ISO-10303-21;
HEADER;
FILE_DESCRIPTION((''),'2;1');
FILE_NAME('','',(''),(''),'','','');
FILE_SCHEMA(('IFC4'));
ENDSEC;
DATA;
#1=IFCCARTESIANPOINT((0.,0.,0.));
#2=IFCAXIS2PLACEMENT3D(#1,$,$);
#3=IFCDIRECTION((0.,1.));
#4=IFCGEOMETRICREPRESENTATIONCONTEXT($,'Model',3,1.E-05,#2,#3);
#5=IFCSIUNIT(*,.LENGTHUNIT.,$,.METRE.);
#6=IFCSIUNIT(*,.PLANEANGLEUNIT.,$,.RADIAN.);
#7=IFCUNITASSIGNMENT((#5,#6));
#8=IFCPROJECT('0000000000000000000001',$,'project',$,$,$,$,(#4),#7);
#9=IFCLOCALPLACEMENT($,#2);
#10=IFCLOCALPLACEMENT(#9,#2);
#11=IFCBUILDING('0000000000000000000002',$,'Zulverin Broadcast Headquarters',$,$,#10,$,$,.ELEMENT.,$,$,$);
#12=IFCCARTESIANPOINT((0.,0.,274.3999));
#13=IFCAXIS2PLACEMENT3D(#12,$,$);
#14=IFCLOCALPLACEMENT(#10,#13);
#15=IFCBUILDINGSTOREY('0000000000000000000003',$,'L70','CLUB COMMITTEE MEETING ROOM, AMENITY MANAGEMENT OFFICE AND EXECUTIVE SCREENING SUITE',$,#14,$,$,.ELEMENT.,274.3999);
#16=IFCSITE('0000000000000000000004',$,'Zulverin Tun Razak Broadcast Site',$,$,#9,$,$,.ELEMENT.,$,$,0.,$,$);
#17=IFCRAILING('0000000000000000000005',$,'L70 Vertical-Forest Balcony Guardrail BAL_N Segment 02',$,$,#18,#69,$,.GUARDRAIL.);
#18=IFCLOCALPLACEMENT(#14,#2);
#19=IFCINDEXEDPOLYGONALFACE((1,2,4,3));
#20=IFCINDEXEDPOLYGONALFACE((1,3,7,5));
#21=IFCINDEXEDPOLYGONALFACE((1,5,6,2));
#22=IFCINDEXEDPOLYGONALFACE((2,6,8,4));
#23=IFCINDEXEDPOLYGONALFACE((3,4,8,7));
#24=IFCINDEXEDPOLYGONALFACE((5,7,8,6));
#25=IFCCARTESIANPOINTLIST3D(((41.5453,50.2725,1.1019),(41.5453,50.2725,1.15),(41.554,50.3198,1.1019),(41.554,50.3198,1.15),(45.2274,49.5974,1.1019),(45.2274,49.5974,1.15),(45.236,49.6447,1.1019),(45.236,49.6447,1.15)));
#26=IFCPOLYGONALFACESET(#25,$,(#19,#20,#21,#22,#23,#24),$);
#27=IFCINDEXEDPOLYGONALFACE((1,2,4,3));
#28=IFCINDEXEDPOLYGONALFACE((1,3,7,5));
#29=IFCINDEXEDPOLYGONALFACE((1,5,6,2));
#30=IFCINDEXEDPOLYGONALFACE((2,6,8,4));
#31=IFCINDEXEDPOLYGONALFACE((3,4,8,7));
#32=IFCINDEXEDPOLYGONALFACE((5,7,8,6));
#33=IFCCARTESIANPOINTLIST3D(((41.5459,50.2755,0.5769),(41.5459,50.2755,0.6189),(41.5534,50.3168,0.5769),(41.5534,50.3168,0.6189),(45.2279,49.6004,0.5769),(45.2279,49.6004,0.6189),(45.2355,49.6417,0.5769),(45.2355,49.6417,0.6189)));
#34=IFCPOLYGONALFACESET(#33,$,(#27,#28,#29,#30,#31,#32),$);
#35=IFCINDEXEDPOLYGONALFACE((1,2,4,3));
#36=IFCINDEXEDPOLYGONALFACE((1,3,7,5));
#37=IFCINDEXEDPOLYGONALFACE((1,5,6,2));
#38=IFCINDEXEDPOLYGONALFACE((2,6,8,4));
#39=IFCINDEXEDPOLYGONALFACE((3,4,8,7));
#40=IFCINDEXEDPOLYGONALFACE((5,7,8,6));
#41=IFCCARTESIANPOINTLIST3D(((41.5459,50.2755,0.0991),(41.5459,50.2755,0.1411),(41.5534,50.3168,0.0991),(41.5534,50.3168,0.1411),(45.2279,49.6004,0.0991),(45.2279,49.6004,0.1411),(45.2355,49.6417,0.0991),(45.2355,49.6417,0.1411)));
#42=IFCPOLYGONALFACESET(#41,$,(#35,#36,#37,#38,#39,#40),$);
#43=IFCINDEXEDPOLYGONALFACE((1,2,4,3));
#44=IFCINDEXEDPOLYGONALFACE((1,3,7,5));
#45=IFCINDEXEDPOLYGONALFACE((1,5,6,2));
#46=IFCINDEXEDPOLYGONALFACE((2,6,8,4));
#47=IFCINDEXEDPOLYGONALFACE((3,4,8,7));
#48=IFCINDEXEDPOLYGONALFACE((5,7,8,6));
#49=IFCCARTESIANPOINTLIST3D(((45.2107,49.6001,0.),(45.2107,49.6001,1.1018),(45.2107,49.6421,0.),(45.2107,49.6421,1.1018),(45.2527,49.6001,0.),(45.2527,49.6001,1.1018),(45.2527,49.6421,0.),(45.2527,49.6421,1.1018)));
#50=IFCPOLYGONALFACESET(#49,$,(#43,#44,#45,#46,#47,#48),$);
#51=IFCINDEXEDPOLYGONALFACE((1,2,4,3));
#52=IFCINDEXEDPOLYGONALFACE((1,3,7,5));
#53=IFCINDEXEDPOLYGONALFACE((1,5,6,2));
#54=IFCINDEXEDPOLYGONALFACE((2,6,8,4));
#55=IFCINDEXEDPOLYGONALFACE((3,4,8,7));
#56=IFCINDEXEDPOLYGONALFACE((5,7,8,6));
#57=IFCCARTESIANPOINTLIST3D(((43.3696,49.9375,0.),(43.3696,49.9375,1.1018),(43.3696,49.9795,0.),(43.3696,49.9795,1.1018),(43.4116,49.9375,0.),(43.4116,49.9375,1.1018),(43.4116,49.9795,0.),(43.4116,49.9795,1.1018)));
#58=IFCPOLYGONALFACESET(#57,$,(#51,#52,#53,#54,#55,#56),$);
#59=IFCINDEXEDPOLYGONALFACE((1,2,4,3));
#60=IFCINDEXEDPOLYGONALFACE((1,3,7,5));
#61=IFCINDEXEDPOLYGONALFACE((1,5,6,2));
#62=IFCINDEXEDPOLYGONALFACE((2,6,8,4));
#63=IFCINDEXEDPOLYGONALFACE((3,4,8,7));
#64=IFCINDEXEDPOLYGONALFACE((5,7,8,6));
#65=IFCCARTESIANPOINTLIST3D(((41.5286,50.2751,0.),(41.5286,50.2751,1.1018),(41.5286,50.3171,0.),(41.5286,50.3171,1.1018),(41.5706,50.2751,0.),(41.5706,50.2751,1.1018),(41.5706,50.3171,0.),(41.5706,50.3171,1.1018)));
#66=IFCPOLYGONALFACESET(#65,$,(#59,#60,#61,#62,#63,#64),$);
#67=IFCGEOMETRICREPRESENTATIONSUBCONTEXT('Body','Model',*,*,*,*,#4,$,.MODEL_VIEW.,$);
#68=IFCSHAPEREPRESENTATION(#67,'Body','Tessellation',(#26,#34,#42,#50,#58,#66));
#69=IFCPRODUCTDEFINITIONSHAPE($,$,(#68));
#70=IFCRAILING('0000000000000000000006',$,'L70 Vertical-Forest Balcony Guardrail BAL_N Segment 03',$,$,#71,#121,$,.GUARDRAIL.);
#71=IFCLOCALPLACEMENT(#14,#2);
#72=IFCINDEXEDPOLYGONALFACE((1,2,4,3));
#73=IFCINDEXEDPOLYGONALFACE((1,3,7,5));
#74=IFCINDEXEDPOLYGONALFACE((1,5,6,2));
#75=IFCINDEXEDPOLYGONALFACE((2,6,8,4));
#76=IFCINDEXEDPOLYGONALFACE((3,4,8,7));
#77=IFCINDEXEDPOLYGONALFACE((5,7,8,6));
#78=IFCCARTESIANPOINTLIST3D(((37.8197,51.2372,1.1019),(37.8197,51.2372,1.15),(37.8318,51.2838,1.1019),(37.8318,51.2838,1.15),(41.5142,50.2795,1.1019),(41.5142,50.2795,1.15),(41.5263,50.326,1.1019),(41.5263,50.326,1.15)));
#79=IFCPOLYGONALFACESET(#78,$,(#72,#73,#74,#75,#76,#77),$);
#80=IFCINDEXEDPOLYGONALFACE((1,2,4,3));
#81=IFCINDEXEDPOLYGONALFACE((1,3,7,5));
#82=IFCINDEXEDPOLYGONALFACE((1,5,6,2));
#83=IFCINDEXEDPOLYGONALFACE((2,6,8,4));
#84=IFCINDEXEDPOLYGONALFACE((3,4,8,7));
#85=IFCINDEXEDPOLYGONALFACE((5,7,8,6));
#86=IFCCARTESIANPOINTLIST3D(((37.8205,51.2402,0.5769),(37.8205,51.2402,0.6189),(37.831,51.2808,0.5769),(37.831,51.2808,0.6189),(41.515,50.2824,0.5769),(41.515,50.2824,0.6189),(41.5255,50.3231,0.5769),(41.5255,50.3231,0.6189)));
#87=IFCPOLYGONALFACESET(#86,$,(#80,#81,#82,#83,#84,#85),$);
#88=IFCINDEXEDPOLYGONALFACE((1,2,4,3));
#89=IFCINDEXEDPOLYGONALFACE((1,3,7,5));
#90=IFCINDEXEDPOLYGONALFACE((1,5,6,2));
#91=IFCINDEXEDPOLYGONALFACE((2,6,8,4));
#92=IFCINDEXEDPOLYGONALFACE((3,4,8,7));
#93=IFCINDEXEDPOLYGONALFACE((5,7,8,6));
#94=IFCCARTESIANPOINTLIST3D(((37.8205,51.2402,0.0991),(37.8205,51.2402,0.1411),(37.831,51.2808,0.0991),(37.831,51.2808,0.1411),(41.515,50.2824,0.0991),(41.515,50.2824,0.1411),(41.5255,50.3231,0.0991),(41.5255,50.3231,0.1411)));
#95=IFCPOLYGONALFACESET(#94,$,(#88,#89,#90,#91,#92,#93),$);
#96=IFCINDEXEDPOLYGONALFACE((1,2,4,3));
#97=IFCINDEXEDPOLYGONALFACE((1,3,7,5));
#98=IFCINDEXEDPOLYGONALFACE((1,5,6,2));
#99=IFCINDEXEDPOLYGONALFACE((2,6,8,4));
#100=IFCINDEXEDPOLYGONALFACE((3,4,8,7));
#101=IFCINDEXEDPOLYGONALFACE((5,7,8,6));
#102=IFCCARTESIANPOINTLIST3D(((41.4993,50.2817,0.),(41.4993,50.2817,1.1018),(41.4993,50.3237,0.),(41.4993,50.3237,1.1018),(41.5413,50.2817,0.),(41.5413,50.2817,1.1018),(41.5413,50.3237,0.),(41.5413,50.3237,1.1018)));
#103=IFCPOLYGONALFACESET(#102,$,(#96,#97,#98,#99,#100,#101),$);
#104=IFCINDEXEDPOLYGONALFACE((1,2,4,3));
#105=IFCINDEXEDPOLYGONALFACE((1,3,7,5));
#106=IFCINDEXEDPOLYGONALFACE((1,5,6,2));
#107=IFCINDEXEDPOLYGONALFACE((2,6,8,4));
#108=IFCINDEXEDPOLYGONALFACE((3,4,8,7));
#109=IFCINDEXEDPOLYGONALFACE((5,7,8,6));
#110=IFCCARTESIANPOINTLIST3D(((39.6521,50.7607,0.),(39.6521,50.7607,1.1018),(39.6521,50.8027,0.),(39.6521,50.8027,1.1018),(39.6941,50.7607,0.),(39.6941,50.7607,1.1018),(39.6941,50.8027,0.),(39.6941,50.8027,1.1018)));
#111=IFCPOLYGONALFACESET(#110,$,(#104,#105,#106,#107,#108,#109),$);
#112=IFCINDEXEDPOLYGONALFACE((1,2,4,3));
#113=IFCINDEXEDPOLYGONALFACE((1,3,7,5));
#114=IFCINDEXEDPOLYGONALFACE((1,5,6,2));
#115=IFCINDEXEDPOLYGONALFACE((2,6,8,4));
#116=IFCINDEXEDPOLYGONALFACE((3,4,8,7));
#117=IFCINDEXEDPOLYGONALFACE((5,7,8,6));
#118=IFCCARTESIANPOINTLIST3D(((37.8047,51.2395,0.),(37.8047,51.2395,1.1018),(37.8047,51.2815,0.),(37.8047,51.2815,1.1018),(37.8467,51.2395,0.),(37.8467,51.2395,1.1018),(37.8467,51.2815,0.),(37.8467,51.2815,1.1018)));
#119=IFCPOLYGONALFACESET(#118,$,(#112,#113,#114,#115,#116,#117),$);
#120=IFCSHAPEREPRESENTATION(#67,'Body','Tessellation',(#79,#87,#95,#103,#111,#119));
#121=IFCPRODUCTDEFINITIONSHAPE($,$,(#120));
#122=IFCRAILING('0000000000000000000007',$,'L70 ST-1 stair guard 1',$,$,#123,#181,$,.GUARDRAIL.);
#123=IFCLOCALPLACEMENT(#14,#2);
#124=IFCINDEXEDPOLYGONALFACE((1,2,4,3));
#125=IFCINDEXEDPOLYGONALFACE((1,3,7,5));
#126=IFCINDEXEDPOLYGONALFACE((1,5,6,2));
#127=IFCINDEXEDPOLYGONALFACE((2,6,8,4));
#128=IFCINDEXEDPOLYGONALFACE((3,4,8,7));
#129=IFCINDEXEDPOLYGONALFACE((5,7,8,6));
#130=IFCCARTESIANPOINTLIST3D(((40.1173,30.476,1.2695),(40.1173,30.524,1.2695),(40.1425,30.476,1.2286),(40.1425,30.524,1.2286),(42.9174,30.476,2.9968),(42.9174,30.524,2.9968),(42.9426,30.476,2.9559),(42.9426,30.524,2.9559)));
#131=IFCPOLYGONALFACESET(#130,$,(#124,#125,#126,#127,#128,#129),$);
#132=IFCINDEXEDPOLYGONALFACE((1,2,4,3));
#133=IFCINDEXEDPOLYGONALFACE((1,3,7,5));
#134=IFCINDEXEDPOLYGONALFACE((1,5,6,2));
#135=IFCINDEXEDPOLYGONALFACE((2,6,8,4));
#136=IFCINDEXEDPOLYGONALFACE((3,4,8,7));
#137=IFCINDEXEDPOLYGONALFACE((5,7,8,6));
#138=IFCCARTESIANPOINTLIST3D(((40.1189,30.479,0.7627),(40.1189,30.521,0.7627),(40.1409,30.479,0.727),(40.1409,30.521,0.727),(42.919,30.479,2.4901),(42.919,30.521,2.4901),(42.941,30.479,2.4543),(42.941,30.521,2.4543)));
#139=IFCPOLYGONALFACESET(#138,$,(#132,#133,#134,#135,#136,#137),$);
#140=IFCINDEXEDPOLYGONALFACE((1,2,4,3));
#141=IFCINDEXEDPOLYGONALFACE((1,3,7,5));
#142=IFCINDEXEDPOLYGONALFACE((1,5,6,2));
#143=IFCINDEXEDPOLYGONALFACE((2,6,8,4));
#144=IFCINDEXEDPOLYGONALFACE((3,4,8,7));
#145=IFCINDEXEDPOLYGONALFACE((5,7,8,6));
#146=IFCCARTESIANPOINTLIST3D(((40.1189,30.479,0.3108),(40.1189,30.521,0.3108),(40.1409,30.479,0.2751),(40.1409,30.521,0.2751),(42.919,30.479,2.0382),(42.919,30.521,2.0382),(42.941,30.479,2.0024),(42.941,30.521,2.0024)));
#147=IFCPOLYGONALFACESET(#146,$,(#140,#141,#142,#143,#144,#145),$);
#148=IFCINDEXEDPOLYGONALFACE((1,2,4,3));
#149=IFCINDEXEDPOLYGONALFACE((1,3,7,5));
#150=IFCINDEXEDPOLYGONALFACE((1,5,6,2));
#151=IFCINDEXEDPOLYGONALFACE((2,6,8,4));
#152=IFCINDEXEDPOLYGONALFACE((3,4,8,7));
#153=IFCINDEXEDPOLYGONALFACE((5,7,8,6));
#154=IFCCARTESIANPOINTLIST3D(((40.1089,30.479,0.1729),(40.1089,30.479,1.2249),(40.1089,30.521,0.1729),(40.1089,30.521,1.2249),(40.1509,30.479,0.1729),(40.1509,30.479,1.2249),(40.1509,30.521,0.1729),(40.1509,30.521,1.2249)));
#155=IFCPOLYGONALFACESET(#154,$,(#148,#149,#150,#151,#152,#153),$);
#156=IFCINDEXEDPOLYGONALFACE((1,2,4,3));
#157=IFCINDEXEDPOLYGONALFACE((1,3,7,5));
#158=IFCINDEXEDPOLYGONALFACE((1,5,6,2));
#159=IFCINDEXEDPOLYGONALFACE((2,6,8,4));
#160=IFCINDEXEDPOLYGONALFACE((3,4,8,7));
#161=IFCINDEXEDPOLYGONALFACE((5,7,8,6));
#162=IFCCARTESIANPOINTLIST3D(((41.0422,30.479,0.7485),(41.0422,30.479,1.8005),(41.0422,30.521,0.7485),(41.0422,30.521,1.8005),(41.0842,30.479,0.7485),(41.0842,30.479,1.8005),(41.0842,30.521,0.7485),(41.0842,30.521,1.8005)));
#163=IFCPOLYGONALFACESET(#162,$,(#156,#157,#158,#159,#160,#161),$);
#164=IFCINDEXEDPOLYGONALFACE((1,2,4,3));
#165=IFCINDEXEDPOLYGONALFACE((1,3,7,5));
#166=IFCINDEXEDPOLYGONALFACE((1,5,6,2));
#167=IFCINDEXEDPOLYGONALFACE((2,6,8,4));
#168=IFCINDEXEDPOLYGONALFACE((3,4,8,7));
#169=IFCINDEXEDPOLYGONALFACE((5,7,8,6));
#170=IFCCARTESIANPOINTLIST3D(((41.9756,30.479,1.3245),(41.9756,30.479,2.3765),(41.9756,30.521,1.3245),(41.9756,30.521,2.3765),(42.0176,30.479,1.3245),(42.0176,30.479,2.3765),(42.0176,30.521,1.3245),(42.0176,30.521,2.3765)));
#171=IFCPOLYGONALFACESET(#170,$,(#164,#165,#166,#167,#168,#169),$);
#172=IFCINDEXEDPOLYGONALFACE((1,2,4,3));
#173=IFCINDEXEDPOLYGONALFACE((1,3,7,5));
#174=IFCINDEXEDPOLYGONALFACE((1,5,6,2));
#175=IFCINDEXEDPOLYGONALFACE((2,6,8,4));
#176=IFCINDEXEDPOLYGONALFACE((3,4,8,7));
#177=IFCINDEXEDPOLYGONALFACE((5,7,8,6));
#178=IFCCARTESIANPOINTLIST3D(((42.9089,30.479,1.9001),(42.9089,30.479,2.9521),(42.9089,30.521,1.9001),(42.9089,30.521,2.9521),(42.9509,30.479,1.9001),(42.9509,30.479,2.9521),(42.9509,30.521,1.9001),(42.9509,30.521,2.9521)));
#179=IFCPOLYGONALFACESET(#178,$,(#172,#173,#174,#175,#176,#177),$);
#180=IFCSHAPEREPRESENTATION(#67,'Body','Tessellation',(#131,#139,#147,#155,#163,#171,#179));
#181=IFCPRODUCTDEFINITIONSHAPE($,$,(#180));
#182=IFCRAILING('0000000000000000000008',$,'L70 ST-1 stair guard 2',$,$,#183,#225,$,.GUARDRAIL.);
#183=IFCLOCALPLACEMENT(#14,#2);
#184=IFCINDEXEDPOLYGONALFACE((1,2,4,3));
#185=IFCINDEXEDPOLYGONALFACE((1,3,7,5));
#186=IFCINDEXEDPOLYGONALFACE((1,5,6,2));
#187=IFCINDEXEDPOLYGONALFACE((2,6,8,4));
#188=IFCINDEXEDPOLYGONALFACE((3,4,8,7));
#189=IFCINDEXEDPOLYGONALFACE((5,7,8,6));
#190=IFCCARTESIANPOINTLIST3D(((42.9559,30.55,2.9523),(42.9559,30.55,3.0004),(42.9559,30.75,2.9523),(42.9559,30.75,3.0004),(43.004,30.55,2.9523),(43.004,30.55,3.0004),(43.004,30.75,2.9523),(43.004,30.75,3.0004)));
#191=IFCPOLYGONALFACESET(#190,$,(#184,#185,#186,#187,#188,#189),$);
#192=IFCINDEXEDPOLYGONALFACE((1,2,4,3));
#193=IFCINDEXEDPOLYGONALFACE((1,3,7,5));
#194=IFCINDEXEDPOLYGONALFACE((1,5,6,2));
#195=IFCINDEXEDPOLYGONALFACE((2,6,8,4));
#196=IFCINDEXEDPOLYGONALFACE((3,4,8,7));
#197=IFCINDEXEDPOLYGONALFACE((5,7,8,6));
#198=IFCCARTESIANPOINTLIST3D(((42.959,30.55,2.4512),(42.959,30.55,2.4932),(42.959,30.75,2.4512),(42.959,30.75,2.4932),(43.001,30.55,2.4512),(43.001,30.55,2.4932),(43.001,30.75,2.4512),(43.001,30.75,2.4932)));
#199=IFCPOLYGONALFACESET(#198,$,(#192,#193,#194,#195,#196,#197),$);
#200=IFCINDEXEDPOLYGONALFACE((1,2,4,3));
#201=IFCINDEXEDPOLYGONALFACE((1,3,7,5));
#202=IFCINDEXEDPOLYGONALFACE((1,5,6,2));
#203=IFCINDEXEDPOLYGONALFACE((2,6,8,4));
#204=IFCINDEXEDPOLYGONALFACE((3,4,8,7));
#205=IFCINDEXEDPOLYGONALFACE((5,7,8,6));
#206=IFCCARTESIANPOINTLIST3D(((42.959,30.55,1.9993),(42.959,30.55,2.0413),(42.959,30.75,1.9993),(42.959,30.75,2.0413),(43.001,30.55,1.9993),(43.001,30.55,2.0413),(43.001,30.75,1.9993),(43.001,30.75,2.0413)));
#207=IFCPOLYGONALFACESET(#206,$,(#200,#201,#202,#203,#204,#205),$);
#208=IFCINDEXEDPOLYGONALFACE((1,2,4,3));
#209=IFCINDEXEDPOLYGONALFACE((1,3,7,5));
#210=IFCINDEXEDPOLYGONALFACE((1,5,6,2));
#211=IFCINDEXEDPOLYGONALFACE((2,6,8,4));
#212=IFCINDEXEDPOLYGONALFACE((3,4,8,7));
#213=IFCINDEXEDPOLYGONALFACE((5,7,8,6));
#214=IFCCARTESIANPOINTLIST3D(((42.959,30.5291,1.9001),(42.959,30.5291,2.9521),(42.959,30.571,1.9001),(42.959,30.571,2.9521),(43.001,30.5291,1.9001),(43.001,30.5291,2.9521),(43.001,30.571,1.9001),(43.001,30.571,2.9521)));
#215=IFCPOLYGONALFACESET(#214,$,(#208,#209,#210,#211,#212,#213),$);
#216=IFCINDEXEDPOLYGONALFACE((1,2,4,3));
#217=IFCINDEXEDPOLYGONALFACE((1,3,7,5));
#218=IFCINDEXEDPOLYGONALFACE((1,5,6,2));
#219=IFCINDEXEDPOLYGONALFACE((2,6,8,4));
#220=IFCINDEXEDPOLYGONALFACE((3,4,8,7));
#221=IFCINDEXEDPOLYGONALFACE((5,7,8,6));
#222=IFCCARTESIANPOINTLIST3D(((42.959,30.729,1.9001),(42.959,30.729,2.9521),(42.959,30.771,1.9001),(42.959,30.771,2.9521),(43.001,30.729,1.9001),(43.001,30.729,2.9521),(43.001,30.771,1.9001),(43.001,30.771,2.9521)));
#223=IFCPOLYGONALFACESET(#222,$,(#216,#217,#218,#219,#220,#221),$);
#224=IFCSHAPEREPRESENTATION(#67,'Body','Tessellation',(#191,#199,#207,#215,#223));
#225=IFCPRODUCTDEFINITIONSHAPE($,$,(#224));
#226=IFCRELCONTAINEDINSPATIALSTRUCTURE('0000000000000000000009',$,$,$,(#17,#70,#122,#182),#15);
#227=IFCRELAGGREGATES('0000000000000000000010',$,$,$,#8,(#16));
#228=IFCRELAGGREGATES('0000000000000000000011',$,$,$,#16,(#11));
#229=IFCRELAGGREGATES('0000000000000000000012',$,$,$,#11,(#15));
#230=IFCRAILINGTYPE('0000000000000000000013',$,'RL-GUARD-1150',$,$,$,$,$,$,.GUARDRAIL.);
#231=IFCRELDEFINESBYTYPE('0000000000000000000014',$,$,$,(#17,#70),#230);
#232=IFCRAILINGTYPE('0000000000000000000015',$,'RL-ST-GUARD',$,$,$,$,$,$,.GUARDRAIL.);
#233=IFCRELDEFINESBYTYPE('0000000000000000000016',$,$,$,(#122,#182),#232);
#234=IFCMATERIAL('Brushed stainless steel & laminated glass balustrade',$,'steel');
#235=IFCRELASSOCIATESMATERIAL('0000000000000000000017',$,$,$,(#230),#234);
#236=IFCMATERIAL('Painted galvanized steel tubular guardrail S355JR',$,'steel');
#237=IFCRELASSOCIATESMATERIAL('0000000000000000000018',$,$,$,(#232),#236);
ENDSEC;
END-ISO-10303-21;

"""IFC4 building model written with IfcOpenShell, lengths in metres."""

from ifc_helpers import new_model, si_unit, direction, frame, origin, origin_2d, place, context, subcontext, project, spatial, rectangle, extrude, material, type_object, element, save


model = new_model("IFC4")

# Units and contexts
model_context = context("Model", 3, precision=1e-05, world=origin(), true_north=direction((0.0, 1.0)))
body_context = subcontext(model_context, "Body", "Model", "MODEL_VIEW")
ifc_project = project(units=[si_unit("LENGTHUNIT", "METRE"), si_unit("PLANEANGLEUNIT", "RADIAN")], contexts=[model_context])

# Site, building, storey
site_placement = place(None, origin())
site = spatial("IfcSite", under=ifc_project, at=site_placement, Name="Zulverin Tun Razak Broadcast Site", CompositionType="ELEMENT", RefElevation=0.0)
building_placement = place(site_placement, origin())
building = spatial("IfcBuilding", under=site, at=building_placement, Name="Zulverin Broadcast Headquarters", CompositionType="ELEMENT")
storey_placement = place(building_placement, frame((0.0, 0.0, 274.3999)))
storey = spatial("IfcBuildingStorey", under=building, at=storey_placement, Name="L70", Description="CLUB COMMITTEE MEETING ROOM, AMENITY MANAGEMENT OFFICE AND EXECUTIVE SCREENING SUITE", CompositionType="ELEMENT", Elevation=274.3999)

# Railings
ifc_material_1 = material(Name="Brushed stainless steel & laminated glass balustrade", Category="steel")
railing_type_1 = type_object("IfcRailingType", Name="RL-GUARD-1150", PredefinedType="GUARDRAIL", material=ifc_material_1)
railing_1_placement = place(storey_placement, frame((45.2317, 49.6211, 0.0)))
element("IfcRailing", 1, at=railing_1_placement, inside=storey, type_object=railing_type_1, Name="L70 Vertical-Forest Balcony Guardrail BAL_N Segment 02", PredefinedType="GUARDRAIL", context=body_context, shape_type="SweptSolid", body=[
    extrude(rectangle(XDim=0.0481, YDim=0.0481, at=origin_2d()), frame((0.0, 0.0, 1.126), z_axis=(-0.983607, 0.180326, 0.0), x_axis=(-0.180326, -0.983607, 0.0)), (0.0, 0.0, 1.0), 3.7434),
    extrude(rectangle(XDim=0.042, YDim=0.042, at=origin_2d()), frame((0.0, 0.0, 0.5979), z_axis=(-0.983607, 0.180326, 0.0), x_axis=(-0.180326, -0.983607, 0.0)), (0.0, 0.0, 1.0), 3.7434),
    extrude(rectangle(XDim=0.042, YDim=0.042, at=origin_2d()), frame((0.0, 0.0, 0.1201), z_axis=(-0.983607, 0.180326, 0.0), x_axis=(-0.180326, -0.983607, 0.0)), (0.0, 0.0, 1.0), 3.7434),
    extrude(rectangle(XDim=0.042, YDim=0.042, at=origin_2d()), origin(), (0.0, 0.0, 1.0), 1.1018),
    extrude(rectangle(XDim=0.042, YDim=0.042, at=origin_2d()), frame((-1.8411, 0.3374, 0.0)), (0.0, 0.0, 1.0), 1.1018),
    extrude(rectangle(XDim=0.042, YDim=0.042, at=origin_2d()), frame((-3.6821, 0.675, 0.0)), (0.0, 0.0, 1.0), 1.1018),
])
railing_2_placement = place(storey_placement, frame((41.5203, 50.3027, 0.0)))
element("IfcRailing", 2, at=railing_2_placement, inside=storey, type_object=railing_type_1, Name="L70 Vertical-Forest Balcony Guardrail BAL_N Segment 03", PredefinedType="GUARDRAIL", context=body_context, shape_type="SweptSolid", body=[
    extrude(rectangle(XDim=0.0481, YDim=0.0481, at=origin_2d()), frame((0.0, 0.0, 1.126), z_axis=(-0.968003, 0.25094, 0.0), x_axis=(-0.25094, -0.968003, 0.0)), (0.0, 0.0, 1.0), 3.8167),
    extrude(rectangle(XDim=0.042, YDim=0.042, at=origin_2d()), frame((0.0, 0.0, 0.5979), z_axis=(-0.968003, 0.25094, 0.0), x_axis=(-0.25094, -0.968003, 0.0)), (0.0, 0.0, 1.0), 3.8167),
    extrude(rectangle(XDim=0.042, YDim=0.042, at=origin_2d()), frame((0.0, 0.0, 0.1201), z_axis=(-0.968003, 0.25094, 0.0), x_axis=(-0.25094, -0.968003, 0.0)), (0.0, 0.0, 1.0), 3.8167),
    extrude(rectangle(XDim=0.042, YDim=0.042, at=origin_2d()), origin(), (0.0, 0.0, 1.0), 1.1018),
    extrude(rectangle(XDim=0.042, YDim=0.042, at=origin_2d()), frame((-1.8472, 0.479, 0.0)), (0.0, 0.0, 1.0), 1.1018),
    extrude(rectangle(XDim=0.042, YDim=0.042, at=origin_2d()), frame((-3.6946, 0.9578, 0.0)), (0.0, 0.0, 1.0), 1.1018),
])
ifc_material_2 = material(Name="Painted galvanized steel tubular guardrail S355JR", Category="steel")
railing_type_2 = type_object("IfcRailingType", Name="RL-ST-GUARD", PredefinedType="GUARDRAIL", material=ifc_material_2)
railing_3_placement = place(storey_placement, frame((40.1299, 30.5, 0.1729)))
element("IfcRailing", 3, at=railing_3_placement, inside=storey, type_object=railing_type_2, Name="L70 ST-1 stair guard 1", PredefinedType="GUARDRAIL", context=body_context, shape_type="SweptSolid", body=[
    extrude(rectangle(XDim=0.0481, YDim=0.0481, at=origin_2d()), frame((0.0, 0.0, 1.0762), z_axis=(0.85109, 0.0, 0.52502), x_axis=(0.0, 1.0, 0.0)), (0.0, 0.0, 1.0), 3.29),
    extrude(rectangle(XDim=0.042, YDim=0.042, at=origin_2d()), frame((0.0, 0.0, 0.572), z_axis=(0.85109, 0.0, 0.52502), x_axis=(0.0, 1.0, 0.0)), (0.0, 0.0, 1.0), 3.29),
    extrude(rectangle(XDim=0.042, YDim=0.042, at=origin_2d()), frame((0.0, 0.0, 0.1201), z_axis=(0.85109, 0.0, 0.52502), x_axis=(0.0, 1.0, 0.0)), (0.0, 0.0, 1.0), 3.29),
    extrude(rectangle(XDim=0.042, YDim=0.042, at=origin_2d()), origin(), (0.0, 0.0, 1.0), 1.052),
    extrude(rectangle(XDim=0.042, YDim=0.042, at=origin_2d()), frame((0.9333, 0.0, 0.5757)), (0.0, 0.0, 1.0), 1.052),
    extrude(rectangle(XDim=0.042, YDim=0.042, at=origin_2d()), frame((1.8667, 0.0, 1.1516)), (0.0, 0.0, 1.0), 1.052),
    extrude(rectangle(XDim=0.042, YDim=0.042, at=origin_2d()), frame((2.8, 0.0, 1.7273)), (0.0, 0.0, 1.0), 1.052),
])
railing_4_placement = place(storey_placement, frame((42.98, 30.55, 1.9001)))
element("IfcRailing", 4, at=railing_4_placement, inside=storey, type_object=railing_type_2, Name="L70 ST-1 stair guard 2", PredefinedType="GUARDRAIL", context=body_context, shape_type="SweptSolid", body=[
    extrude(rectangle(XDim=0.0481, YDim=0.0481, at=origin_2d()), frame((0.0, 0.0, 1.0762), z_axis=(0.0, 1.0, 0.0), x_axis=(-1.0, 0.0, 0.0)), (0.0, 0.0, 1.0), 0.2),
    extrude(rectangle(XDim=0.042, YDim=0.042, at=origin_2d()), frame((0.0, 0.0, 0.572), z_axis=(0.0, 1.0, 0.0), x_axis=(-1.0, 0.0, 0.0)), (0.0, 0.0, 1.0), 0.2),
    extrude(rectangle(XDim=0.042, YDim=0.042, at=origin_2d()), frame((0.0, 0.0, 0.1201), z_axis=(0.0, 1.0, 0.0), x_axis=(-1.0, 0.0, 0.0)), (0.0, 0.0, 1.0), 0.2),
    extrude(rectangle(XDim=0.042, YDim=0.042, at=origin_2d()), origin(), (0.0, 0.0, 1.0), 1.052),
    extrude(rectangle(XDim=0.042, YDim=0.042, at=origin_2d()), frame((0.0, 0.2, 0.0)), (0.0, 0.0, 1.0), 1.052),
])

save(model, "model.ifc")
